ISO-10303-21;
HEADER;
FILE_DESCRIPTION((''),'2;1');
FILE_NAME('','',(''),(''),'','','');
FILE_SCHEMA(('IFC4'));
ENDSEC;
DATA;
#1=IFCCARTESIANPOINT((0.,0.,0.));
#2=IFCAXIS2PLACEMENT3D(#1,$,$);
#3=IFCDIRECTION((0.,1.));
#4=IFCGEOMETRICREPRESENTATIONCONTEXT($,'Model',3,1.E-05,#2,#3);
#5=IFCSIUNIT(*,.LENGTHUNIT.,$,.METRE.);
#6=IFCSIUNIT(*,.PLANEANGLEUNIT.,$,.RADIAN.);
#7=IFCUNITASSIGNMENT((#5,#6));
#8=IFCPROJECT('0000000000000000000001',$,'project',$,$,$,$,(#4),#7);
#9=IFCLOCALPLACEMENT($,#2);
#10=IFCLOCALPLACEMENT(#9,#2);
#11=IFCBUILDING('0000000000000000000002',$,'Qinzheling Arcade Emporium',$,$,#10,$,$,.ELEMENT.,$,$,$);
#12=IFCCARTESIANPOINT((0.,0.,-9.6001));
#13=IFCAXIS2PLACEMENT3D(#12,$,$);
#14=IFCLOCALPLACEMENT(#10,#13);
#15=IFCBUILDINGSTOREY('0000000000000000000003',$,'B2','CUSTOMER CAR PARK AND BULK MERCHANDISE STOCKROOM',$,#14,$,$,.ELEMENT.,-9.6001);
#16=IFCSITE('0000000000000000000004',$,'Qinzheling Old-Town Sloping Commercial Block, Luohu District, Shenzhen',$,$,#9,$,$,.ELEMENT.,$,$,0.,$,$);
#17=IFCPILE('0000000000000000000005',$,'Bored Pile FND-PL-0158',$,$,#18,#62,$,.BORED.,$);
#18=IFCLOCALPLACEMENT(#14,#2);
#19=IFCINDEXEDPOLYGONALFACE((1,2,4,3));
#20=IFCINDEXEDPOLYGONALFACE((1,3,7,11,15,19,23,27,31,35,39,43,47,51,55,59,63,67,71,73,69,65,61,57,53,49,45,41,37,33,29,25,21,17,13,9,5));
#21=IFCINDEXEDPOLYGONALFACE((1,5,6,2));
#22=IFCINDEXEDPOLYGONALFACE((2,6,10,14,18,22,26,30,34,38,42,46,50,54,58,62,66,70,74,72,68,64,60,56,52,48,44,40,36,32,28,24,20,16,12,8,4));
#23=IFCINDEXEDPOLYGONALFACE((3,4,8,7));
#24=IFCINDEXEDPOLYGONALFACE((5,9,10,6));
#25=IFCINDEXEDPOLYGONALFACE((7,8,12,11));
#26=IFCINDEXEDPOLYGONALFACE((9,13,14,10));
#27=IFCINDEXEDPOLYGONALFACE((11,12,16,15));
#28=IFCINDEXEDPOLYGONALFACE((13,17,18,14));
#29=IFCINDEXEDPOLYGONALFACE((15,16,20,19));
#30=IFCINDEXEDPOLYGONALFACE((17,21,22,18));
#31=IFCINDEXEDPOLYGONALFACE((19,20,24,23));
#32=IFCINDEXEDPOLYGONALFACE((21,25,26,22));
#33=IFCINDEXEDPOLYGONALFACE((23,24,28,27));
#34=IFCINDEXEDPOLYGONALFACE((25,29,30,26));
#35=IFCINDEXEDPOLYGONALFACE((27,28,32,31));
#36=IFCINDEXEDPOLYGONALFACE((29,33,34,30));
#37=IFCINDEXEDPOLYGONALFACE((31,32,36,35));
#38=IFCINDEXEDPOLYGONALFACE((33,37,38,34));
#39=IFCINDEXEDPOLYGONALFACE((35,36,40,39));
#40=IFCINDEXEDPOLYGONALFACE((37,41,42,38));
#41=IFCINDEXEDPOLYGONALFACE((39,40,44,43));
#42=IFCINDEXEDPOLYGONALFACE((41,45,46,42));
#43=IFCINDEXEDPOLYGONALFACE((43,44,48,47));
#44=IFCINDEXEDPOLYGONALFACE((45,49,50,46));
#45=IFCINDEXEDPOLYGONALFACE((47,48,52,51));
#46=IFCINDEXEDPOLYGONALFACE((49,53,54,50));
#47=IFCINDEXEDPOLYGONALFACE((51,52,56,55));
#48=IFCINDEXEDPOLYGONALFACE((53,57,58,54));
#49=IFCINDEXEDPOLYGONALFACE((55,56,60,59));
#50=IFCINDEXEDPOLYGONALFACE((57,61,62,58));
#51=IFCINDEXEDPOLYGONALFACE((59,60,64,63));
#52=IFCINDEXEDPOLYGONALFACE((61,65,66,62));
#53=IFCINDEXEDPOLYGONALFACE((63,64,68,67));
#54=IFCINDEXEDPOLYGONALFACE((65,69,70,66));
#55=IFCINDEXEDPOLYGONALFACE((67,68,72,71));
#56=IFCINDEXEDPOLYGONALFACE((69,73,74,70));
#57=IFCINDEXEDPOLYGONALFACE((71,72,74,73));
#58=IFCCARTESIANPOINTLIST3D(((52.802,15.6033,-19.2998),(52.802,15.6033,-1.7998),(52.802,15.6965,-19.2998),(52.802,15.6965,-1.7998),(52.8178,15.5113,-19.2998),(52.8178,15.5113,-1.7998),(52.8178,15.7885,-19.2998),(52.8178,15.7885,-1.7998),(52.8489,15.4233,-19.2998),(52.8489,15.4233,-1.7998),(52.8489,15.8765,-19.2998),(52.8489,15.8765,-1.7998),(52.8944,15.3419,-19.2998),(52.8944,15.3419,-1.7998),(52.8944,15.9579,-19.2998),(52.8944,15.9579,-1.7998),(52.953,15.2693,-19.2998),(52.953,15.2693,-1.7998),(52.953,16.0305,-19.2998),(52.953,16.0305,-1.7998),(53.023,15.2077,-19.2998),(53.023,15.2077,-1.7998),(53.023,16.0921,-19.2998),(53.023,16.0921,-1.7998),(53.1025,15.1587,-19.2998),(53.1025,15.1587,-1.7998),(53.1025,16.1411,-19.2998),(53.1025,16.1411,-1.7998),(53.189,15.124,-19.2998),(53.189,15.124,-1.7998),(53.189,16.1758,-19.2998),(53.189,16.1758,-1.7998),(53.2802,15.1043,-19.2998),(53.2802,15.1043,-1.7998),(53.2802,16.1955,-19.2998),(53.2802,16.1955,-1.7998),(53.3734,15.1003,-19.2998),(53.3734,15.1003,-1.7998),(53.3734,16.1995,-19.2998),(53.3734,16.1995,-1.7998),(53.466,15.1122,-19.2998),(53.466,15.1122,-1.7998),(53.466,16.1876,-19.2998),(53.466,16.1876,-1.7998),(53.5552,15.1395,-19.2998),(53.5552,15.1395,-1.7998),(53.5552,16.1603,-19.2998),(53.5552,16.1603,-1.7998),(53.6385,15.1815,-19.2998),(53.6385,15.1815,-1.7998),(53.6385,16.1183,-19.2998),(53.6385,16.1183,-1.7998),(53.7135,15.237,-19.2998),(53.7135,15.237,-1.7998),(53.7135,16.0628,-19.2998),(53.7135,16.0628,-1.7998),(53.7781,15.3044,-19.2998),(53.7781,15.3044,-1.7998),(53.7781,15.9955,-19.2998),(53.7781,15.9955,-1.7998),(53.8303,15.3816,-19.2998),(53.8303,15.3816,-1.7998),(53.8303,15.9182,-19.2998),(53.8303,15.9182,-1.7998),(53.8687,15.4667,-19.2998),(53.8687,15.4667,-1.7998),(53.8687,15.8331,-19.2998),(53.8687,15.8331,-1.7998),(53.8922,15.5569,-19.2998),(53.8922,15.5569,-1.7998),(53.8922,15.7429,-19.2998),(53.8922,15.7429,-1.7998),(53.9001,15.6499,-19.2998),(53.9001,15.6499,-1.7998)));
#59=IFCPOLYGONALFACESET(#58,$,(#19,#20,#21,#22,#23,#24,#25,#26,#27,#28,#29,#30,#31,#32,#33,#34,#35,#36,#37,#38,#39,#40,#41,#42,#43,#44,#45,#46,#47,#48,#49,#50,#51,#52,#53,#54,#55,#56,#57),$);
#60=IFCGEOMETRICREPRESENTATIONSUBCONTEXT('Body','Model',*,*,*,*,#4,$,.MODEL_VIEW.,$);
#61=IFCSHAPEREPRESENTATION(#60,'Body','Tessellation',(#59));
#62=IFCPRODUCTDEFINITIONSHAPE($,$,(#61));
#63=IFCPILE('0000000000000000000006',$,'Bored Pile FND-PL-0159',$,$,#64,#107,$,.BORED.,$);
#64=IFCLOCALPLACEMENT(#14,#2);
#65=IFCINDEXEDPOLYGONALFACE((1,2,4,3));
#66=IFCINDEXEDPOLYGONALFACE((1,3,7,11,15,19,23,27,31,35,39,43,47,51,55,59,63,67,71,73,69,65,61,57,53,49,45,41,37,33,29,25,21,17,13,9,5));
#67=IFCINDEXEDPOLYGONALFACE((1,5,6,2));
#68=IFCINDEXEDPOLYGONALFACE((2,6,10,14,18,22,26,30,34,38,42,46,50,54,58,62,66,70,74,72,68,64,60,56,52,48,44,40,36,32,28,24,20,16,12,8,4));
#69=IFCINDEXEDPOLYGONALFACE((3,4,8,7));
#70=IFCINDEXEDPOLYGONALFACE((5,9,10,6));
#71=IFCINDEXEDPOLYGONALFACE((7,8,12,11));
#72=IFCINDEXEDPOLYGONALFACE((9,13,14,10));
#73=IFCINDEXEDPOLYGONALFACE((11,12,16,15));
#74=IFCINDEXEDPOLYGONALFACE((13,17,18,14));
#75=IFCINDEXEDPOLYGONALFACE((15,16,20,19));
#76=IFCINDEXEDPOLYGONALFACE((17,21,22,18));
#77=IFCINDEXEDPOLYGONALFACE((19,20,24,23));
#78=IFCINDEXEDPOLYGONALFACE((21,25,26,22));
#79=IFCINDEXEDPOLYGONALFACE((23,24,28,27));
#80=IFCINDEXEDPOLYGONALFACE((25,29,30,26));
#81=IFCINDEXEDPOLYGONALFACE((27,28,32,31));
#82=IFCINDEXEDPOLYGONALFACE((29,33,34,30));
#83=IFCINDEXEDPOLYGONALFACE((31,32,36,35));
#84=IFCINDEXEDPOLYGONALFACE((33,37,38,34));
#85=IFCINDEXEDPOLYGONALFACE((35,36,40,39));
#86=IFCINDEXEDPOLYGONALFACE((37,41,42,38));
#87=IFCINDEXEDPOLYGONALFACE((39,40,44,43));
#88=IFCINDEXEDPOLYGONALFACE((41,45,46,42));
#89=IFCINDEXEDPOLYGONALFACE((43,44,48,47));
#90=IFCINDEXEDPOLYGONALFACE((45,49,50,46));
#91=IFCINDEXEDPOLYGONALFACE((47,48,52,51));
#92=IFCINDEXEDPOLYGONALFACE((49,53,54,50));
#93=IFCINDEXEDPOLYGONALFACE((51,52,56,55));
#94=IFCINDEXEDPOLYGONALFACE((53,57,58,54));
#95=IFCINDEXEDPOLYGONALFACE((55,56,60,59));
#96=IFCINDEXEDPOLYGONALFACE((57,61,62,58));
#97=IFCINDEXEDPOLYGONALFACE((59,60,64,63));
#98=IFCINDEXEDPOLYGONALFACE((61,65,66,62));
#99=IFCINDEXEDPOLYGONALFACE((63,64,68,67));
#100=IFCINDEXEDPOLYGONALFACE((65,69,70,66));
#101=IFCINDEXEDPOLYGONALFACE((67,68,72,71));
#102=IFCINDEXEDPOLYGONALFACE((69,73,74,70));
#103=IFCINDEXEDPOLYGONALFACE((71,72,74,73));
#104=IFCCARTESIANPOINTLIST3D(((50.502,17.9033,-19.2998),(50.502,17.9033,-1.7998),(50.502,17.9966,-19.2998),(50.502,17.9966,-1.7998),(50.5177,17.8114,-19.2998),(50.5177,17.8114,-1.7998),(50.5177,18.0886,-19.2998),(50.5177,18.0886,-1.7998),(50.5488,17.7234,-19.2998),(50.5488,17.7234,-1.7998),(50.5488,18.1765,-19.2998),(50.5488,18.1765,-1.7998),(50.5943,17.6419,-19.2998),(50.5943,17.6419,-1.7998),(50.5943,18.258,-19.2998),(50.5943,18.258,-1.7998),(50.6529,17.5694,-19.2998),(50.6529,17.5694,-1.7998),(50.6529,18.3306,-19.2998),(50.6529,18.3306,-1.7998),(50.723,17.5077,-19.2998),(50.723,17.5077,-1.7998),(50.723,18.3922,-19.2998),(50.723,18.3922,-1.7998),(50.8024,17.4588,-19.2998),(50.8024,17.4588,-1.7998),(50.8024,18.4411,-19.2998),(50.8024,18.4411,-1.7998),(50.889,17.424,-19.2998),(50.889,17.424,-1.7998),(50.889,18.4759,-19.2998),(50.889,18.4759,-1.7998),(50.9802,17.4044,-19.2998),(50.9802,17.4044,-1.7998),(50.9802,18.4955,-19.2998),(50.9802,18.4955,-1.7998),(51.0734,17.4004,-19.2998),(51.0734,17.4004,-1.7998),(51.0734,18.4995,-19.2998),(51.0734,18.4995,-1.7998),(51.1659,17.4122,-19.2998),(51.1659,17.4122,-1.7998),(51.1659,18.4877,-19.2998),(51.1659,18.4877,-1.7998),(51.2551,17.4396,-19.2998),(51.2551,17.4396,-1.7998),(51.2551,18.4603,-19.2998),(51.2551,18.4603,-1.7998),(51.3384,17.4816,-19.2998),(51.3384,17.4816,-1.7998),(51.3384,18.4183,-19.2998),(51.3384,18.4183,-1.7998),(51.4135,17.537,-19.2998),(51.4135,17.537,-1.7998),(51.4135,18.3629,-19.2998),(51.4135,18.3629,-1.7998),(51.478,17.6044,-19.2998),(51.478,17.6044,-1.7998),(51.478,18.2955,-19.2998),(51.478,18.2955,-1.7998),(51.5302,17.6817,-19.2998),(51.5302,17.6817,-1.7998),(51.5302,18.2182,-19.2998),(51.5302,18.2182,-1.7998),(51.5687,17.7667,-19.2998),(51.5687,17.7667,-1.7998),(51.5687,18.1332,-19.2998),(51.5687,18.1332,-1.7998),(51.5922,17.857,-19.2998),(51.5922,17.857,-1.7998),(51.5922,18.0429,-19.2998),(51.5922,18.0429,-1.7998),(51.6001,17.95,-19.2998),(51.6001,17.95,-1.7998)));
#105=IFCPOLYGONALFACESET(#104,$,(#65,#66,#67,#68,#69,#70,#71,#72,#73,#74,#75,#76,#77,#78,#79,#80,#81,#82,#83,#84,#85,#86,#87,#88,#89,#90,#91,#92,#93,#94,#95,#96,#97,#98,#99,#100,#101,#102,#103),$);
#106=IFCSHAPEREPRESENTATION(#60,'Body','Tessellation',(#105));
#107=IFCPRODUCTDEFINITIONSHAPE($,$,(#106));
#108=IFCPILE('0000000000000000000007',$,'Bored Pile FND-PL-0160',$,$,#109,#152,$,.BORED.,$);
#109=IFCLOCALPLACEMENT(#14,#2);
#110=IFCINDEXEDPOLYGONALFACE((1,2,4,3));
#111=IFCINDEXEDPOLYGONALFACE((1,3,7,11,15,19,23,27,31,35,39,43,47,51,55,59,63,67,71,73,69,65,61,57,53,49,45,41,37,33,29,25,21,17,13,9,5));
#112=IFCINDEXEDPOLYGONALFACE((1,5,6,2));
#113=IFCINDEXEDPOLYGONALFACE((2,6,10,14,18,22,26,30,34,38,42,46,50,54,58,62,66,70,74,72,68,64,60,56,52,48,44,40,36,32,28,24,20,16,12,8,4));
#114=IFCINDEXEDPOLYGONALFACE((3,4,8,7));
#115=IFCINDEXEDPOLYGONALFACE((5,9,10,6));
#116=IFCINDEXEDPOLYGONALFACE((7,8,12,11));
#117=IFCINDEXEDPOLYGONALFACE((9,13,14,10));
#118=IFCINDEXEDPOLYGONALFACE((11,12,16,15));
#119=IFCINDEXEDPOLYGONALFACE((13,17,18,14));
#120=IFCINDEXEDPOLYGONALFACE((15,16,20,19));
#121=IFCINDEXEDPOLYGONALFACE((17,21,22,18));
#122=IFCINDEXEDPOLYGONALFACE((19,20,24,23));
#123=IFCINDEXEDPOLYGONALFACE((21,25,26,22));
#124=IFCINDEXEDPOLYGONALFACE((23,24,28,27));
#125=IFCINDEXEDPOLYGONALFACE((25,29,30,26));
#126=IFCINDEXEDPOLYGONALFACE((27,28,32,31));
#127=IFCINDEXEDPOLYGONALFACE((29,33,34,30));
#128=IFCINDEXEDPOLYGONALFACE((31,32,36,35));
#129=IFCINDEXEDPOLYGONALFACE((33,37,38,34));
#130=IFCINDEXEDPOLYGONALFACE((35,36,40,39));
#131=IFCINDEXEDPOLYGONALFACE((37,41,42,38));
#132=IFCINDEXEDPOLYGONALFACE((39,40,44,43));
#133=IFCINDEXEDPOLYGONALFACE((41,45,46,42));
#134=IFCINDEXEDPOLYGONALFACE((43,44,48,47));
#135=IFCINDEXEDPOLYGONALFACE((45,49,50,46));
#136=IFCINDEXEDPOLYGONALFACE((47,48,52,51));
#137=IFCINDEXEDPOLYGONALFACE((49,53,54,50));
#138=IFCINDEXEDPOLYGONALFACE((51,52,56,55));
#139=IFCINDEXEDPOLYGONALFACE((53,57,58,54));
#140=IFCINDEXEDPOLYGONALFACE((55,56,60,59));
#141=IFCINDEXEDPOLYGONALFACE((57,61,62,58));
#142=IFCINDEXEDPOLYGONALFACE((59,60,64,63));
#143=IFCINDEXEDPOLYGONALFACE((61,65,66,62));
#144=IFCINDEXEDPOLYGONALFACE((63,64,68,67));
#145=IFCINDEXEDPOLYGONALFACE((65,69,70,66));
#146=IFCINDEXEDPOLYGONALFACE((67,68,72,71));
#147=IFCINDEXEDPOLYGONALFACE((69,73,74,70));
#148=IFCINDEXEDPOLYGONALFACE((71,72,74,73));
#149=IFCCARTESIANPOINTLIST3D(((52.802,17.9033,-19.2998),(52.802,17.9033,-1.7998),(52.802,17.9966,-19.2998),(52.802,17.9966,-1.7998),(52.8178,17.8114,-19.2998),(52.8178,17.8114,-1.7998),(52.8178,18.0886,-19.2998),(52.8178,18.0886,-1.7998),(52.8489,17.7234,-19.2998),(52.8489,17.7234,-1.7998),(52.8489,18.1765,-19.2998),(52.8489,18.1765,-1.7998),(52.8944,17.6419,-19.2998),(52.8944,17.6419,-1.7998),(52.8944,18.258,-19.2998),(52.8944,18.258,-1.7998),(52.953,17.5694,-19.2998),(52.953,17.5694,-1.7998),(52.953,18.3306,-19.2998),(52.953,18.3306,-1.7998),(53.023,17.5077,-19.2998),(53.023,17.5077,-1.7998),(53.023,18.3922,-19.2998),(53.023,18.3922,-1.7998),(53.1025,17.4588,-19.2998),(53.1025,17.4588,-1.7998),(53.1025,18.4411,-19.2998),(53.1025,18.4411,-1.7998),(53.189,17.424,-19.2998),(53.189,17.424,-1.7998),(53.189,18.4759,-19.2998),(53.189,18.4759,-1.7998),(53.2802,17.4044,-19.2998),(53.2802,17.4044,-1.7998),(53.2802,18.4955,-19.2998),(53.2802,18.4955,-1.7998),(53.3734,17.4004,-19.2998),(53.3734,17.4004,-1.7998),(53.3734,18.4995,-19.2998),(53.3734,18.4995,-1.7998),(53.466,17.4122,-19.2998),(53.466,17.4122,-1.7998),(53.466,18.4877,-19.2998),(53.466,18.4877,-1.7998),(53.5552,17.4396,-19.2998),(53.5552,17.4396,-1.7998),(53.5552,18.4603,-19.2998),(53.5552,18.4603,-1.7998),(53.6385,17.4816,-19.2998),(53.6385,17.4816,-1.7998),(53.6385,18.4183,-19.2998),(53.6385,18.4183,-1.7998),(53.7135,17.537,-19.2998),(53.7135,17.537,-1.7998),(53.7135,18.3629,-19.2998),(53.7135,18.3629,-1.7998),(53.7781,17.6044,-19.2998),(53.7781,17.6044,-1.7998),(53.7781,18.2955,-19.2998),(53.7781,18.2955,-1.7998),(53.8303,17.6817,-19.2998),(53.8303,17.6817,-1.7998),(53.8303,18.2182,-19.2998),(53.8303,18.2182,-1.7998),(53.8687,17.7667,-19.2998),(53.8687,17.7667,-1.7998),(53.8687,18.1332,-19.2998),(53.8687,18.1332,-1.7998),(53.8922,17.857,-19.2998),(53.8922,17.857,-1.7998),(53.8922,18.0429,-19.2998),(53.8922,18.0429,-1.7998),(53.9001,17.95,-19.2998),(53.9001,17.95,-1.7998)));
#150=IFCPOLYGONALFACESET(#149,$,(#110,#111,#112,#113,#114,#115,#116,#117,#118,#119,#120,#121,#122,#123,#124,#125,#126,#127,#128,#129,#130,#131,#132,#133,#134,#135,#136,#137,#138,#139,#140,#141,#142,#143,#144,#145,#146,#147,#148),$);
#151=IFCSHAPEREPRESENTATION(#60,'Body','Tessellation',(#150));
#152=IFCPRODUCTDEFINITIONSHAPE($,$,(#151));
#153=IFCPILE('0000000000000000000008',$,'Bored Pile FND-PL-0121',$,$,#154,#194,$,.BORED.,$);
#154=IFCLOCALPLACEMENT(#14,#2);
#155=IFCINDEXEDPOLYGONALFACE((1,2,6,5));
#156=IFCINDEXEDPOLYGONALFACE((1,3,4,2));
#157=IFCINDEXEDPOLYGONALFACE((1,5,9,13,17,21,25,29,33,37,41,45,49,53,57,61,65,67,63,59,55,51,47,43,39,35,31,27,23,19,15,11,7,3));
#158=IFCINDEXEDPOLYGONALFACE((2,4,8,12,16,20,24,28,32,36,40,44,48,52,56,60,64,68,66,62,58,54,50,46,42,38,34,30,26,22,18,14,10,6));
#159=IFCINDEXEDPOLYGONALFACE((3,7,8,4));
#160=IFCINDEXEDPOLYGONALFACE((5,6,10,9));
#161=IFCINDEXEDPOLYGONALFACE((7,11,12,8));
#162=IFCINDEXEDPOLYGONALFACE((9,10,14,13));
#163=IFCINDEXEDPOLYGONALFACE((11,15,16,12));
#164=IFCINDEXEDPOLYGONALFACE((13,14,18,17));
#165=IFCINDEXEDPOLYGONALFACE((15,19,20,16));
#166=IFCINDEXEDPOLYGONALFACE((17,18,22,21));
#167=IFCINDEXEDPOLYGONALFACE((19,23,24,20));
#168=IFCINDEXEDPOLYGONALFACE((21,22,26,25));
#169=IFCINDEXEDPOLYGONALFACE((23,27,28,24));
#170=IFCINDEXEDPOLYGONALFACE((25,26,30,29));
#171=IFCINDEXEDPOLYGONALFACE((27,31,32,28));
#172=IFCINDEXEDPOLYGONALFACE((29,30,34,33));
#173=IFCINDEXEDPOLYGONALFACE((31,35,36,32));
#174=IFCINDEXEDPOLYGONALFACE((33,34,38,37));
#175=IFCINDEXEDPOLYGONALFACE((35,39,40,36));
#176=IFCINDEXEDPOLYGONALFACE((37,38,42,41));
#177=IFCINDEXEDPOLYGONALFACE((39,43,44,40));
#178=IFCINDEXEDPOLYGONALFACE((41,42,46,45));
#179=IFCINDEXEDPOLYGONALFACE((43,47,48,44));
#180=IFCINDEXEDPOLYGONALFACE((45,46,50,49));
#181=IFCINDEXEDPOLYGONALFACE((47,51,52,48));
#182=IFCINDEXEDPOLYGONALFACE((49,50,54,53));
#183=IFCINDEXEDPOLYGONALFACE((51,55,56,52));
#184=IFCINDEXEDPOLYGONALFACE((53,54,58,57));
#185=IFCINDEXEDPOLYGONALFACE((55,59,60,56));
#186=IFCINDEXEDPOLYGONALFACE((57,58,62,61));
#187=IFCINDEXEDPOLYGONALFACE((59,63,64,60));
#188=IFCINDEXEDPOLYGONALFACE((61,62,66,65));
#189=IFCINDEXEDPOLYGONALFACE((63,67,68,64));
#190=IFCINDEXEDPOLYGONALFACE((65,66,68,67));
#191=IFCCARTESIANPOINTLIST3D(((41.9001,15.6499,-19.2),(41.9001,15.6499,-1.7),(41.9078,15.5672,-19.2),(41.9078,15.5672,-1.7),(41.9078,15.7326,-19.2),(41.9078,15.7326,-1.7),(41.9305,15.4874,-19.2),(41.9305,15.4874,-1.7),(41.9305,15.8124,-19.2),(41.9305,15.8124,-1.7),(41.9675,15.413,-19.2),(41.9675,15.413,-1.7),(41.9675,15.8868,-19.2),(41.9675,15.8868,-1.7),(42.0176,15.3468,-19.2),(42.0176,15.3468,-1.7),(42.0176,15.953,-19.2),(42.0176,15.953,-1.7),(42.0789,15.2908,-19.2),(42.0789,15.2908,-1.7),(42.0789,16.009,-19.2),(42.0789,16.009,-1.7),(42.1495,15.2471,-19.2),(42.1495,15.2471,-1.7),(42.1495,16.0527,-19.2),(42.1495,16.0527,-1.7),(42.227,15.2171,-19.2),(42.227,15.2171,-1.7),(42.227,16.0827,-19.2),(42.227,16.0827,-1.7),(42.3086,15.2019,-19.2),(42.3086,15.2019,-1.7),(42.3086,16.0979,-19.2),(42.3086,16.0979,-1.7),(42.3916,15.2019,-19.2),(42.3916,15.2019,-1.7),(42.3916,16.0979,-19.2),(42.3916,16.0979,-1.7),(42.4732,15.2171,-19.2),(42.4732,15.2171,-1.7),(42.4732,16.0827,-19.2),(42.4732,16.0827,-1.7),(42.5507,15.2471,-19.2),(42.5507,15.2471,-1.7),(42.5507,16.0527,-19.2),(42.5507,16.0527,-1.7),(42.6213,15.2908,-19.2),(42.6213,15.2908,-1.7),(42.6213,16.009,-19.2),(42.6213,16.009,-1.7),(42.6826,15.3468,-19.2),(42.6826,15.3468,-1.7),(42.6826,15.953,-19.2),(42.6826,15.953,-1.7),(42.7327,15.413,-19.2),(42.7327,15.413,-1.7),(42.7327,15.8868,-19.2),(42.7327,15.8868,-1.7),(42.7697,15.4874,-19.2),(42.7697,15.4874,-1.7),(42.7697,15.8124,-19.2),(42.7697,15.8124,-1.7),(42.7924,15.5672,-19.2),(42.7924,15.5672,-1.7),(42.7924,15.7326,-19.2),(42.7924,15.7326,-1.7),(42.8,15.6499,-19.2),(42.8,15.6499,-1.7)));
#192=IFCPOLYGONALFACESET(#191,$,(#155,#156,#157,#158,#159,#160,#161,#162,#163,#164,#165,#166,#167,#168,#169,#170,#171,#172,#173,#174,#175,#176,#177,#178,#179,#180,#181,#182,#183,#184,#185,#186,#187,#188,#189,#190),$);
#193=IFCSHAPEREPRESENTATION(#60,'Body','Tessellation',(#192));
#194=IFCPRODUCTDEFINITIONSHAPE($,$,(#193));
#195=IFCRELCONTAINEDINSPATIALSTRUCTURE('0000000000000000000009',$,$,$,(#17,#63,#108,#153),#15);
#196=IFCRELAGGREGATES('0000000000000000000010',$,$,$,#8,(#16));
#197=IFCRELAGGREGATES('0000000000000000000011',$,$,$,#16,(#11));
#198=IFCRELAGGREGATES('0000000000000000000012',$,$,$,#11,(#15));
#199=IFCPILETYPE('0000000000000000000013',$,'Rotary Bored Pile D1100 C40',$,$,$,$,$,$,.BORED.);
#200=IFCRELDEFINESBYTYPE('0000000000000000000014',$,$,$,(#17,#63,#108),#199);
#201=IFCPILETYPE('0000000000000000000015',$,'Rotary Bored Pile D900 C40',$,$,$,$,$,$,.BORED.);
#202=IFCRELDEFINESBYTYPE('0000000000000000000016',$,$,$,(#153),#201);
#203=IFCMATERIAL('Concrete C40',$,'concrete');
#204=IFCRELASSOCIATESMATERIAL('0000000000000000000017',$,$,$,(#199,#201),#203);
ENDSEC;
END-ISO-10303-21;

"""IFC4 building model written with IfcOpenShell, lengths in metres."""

from ifc_helpers import new_model, si_unit, direction, frame, origin, origin_2d, place, context, subcontext, project, spatial, circle, extrude, material, material_profile, profile_set, type_object, element, save


model = new_model("IFC4")

# Units and contexts
model_context = context("Model", 3, precision=1e-05, world=origin(), true_north=direction((0.0, 1.0)))
body_context = subcontext(model_context, "Body", "Model", "MODEL_VIEW")
ifc_project = project(units=[si_unit("LENGTHUNIT", "METRE"), si_unit("PLANEANGLEUNIT", "RADIAN")], contexts=[model_context])

# Site, building, storey
site_placement = place(None, origin())
site = spatial("IfcSite", under=ifc_project, at=site_placement, Name="Qinzheling Old-Town Sloping Commercial Block, Luohu District, Shenzhen", CompositionType="ELEMENT", RefElevation=0.0)
building_placement = place(site_placement, origin())
building = spatial("IfcBuilding", under=site, at=building_placement, Name="Qinzheling Arcade Emporium", CompositionType="ELEMENT")
storey_placement = place(building_placement, frame((0.0, 0.0, -9.6001)))
storey = spatial("IfcBuildingStorey", under=building, at=storey_placement, Name="B2", Description="CUSTOMER CAR PARK AND BULK MERCHANDISE STOCKROOM", CompositionType="ELEMENT", Elevation=-9.6001)

# Shared definitions
ifc_material_1 = material(Name="Concrete C40", Category="concrete")

# Piles
ifc_material_profile_1 = material_profile(ifc_material_1, circle(Radius=0.55, at=origin_2d()), Name="BORED D1100", Category="concrete")
ifc_profile_set_1 = profile_set([ifc_material_profile_1], Name="Concrete C40")
pile_type_1 = type_object("IfcPileType", Name="Rotary Bored Pile D1100 C40", PredefinedType="BORED", material=ifc_profile_set_1)
for number, where, z_axis, x_axis, name in (
    (1, (53.3501, 15.6499, -1.7998), (0.0, 0.0, -1.0), (1.0, 0.0, 0.0), "Bored Pile FND-PL-0158"),
    (2, (51.05, 17.95, -1.7998), (0.0, 0.0, -1.0), (1.0, 0.0, 0.0), "Bored Pile FND-PL-0159"),
    (3, (53.3501, 17.95, -1.7998), (0.0, 0.0, -1.0), (1.0, 0.0, 0.0), "Bored Pile FND-PL-0160"),
):
    element("IfcPile", number, at=place(storey_placement, frame(where, z_axis=z_axis, x_axis=x_axis)), inside=storey, type_object=pile_type_1, Name=name, PredefinedType="BORED", context=body_context, shape_type="SweptSolid", body=[
        extrude(circle(Radius=0.55, at=origin_2d()), origin(), (0.0, 0.0, 1.0), 17.5),
    ])
ifc_material_profile_2 = material_profile(ifc_material_1, circle(Radius=0.45, at=origin_2d()), Name="BORED D900", Category="concrete")
ifc_profile_set_2 = profile_set([ifc_material_profile_2], Name="Concrete C40")
pile_type_2 = type_object("IfcPileType", Name="Rotary Bored Pile D900 C40", PredefinedType="BORED", material=ifc_profile_set_2)
for number, where, z_axis, x_axis, name in (
    (4, (42.3501, 15.6499, -1.7), (0.0, 0.0, -1.0), (1.0, 0.0, 0.0), "Bored Pile FND-PL-0121"),
):
    element("IfcPile", number, at=place(storey_placement, frame(where, z_axis=z_axis, x_axis=x_axis)), inside=storey, type_object=pile_type_2, Name=name, PredefinedType="BORED", context=body_context, shape_type="SweptSolid", body=[
        extrude(circle(Radius=0.45, at=origin_2d()), origin(), (0.0, 0.0, 1.0), 17.5),
    ])

save(model, "model.ifc")
